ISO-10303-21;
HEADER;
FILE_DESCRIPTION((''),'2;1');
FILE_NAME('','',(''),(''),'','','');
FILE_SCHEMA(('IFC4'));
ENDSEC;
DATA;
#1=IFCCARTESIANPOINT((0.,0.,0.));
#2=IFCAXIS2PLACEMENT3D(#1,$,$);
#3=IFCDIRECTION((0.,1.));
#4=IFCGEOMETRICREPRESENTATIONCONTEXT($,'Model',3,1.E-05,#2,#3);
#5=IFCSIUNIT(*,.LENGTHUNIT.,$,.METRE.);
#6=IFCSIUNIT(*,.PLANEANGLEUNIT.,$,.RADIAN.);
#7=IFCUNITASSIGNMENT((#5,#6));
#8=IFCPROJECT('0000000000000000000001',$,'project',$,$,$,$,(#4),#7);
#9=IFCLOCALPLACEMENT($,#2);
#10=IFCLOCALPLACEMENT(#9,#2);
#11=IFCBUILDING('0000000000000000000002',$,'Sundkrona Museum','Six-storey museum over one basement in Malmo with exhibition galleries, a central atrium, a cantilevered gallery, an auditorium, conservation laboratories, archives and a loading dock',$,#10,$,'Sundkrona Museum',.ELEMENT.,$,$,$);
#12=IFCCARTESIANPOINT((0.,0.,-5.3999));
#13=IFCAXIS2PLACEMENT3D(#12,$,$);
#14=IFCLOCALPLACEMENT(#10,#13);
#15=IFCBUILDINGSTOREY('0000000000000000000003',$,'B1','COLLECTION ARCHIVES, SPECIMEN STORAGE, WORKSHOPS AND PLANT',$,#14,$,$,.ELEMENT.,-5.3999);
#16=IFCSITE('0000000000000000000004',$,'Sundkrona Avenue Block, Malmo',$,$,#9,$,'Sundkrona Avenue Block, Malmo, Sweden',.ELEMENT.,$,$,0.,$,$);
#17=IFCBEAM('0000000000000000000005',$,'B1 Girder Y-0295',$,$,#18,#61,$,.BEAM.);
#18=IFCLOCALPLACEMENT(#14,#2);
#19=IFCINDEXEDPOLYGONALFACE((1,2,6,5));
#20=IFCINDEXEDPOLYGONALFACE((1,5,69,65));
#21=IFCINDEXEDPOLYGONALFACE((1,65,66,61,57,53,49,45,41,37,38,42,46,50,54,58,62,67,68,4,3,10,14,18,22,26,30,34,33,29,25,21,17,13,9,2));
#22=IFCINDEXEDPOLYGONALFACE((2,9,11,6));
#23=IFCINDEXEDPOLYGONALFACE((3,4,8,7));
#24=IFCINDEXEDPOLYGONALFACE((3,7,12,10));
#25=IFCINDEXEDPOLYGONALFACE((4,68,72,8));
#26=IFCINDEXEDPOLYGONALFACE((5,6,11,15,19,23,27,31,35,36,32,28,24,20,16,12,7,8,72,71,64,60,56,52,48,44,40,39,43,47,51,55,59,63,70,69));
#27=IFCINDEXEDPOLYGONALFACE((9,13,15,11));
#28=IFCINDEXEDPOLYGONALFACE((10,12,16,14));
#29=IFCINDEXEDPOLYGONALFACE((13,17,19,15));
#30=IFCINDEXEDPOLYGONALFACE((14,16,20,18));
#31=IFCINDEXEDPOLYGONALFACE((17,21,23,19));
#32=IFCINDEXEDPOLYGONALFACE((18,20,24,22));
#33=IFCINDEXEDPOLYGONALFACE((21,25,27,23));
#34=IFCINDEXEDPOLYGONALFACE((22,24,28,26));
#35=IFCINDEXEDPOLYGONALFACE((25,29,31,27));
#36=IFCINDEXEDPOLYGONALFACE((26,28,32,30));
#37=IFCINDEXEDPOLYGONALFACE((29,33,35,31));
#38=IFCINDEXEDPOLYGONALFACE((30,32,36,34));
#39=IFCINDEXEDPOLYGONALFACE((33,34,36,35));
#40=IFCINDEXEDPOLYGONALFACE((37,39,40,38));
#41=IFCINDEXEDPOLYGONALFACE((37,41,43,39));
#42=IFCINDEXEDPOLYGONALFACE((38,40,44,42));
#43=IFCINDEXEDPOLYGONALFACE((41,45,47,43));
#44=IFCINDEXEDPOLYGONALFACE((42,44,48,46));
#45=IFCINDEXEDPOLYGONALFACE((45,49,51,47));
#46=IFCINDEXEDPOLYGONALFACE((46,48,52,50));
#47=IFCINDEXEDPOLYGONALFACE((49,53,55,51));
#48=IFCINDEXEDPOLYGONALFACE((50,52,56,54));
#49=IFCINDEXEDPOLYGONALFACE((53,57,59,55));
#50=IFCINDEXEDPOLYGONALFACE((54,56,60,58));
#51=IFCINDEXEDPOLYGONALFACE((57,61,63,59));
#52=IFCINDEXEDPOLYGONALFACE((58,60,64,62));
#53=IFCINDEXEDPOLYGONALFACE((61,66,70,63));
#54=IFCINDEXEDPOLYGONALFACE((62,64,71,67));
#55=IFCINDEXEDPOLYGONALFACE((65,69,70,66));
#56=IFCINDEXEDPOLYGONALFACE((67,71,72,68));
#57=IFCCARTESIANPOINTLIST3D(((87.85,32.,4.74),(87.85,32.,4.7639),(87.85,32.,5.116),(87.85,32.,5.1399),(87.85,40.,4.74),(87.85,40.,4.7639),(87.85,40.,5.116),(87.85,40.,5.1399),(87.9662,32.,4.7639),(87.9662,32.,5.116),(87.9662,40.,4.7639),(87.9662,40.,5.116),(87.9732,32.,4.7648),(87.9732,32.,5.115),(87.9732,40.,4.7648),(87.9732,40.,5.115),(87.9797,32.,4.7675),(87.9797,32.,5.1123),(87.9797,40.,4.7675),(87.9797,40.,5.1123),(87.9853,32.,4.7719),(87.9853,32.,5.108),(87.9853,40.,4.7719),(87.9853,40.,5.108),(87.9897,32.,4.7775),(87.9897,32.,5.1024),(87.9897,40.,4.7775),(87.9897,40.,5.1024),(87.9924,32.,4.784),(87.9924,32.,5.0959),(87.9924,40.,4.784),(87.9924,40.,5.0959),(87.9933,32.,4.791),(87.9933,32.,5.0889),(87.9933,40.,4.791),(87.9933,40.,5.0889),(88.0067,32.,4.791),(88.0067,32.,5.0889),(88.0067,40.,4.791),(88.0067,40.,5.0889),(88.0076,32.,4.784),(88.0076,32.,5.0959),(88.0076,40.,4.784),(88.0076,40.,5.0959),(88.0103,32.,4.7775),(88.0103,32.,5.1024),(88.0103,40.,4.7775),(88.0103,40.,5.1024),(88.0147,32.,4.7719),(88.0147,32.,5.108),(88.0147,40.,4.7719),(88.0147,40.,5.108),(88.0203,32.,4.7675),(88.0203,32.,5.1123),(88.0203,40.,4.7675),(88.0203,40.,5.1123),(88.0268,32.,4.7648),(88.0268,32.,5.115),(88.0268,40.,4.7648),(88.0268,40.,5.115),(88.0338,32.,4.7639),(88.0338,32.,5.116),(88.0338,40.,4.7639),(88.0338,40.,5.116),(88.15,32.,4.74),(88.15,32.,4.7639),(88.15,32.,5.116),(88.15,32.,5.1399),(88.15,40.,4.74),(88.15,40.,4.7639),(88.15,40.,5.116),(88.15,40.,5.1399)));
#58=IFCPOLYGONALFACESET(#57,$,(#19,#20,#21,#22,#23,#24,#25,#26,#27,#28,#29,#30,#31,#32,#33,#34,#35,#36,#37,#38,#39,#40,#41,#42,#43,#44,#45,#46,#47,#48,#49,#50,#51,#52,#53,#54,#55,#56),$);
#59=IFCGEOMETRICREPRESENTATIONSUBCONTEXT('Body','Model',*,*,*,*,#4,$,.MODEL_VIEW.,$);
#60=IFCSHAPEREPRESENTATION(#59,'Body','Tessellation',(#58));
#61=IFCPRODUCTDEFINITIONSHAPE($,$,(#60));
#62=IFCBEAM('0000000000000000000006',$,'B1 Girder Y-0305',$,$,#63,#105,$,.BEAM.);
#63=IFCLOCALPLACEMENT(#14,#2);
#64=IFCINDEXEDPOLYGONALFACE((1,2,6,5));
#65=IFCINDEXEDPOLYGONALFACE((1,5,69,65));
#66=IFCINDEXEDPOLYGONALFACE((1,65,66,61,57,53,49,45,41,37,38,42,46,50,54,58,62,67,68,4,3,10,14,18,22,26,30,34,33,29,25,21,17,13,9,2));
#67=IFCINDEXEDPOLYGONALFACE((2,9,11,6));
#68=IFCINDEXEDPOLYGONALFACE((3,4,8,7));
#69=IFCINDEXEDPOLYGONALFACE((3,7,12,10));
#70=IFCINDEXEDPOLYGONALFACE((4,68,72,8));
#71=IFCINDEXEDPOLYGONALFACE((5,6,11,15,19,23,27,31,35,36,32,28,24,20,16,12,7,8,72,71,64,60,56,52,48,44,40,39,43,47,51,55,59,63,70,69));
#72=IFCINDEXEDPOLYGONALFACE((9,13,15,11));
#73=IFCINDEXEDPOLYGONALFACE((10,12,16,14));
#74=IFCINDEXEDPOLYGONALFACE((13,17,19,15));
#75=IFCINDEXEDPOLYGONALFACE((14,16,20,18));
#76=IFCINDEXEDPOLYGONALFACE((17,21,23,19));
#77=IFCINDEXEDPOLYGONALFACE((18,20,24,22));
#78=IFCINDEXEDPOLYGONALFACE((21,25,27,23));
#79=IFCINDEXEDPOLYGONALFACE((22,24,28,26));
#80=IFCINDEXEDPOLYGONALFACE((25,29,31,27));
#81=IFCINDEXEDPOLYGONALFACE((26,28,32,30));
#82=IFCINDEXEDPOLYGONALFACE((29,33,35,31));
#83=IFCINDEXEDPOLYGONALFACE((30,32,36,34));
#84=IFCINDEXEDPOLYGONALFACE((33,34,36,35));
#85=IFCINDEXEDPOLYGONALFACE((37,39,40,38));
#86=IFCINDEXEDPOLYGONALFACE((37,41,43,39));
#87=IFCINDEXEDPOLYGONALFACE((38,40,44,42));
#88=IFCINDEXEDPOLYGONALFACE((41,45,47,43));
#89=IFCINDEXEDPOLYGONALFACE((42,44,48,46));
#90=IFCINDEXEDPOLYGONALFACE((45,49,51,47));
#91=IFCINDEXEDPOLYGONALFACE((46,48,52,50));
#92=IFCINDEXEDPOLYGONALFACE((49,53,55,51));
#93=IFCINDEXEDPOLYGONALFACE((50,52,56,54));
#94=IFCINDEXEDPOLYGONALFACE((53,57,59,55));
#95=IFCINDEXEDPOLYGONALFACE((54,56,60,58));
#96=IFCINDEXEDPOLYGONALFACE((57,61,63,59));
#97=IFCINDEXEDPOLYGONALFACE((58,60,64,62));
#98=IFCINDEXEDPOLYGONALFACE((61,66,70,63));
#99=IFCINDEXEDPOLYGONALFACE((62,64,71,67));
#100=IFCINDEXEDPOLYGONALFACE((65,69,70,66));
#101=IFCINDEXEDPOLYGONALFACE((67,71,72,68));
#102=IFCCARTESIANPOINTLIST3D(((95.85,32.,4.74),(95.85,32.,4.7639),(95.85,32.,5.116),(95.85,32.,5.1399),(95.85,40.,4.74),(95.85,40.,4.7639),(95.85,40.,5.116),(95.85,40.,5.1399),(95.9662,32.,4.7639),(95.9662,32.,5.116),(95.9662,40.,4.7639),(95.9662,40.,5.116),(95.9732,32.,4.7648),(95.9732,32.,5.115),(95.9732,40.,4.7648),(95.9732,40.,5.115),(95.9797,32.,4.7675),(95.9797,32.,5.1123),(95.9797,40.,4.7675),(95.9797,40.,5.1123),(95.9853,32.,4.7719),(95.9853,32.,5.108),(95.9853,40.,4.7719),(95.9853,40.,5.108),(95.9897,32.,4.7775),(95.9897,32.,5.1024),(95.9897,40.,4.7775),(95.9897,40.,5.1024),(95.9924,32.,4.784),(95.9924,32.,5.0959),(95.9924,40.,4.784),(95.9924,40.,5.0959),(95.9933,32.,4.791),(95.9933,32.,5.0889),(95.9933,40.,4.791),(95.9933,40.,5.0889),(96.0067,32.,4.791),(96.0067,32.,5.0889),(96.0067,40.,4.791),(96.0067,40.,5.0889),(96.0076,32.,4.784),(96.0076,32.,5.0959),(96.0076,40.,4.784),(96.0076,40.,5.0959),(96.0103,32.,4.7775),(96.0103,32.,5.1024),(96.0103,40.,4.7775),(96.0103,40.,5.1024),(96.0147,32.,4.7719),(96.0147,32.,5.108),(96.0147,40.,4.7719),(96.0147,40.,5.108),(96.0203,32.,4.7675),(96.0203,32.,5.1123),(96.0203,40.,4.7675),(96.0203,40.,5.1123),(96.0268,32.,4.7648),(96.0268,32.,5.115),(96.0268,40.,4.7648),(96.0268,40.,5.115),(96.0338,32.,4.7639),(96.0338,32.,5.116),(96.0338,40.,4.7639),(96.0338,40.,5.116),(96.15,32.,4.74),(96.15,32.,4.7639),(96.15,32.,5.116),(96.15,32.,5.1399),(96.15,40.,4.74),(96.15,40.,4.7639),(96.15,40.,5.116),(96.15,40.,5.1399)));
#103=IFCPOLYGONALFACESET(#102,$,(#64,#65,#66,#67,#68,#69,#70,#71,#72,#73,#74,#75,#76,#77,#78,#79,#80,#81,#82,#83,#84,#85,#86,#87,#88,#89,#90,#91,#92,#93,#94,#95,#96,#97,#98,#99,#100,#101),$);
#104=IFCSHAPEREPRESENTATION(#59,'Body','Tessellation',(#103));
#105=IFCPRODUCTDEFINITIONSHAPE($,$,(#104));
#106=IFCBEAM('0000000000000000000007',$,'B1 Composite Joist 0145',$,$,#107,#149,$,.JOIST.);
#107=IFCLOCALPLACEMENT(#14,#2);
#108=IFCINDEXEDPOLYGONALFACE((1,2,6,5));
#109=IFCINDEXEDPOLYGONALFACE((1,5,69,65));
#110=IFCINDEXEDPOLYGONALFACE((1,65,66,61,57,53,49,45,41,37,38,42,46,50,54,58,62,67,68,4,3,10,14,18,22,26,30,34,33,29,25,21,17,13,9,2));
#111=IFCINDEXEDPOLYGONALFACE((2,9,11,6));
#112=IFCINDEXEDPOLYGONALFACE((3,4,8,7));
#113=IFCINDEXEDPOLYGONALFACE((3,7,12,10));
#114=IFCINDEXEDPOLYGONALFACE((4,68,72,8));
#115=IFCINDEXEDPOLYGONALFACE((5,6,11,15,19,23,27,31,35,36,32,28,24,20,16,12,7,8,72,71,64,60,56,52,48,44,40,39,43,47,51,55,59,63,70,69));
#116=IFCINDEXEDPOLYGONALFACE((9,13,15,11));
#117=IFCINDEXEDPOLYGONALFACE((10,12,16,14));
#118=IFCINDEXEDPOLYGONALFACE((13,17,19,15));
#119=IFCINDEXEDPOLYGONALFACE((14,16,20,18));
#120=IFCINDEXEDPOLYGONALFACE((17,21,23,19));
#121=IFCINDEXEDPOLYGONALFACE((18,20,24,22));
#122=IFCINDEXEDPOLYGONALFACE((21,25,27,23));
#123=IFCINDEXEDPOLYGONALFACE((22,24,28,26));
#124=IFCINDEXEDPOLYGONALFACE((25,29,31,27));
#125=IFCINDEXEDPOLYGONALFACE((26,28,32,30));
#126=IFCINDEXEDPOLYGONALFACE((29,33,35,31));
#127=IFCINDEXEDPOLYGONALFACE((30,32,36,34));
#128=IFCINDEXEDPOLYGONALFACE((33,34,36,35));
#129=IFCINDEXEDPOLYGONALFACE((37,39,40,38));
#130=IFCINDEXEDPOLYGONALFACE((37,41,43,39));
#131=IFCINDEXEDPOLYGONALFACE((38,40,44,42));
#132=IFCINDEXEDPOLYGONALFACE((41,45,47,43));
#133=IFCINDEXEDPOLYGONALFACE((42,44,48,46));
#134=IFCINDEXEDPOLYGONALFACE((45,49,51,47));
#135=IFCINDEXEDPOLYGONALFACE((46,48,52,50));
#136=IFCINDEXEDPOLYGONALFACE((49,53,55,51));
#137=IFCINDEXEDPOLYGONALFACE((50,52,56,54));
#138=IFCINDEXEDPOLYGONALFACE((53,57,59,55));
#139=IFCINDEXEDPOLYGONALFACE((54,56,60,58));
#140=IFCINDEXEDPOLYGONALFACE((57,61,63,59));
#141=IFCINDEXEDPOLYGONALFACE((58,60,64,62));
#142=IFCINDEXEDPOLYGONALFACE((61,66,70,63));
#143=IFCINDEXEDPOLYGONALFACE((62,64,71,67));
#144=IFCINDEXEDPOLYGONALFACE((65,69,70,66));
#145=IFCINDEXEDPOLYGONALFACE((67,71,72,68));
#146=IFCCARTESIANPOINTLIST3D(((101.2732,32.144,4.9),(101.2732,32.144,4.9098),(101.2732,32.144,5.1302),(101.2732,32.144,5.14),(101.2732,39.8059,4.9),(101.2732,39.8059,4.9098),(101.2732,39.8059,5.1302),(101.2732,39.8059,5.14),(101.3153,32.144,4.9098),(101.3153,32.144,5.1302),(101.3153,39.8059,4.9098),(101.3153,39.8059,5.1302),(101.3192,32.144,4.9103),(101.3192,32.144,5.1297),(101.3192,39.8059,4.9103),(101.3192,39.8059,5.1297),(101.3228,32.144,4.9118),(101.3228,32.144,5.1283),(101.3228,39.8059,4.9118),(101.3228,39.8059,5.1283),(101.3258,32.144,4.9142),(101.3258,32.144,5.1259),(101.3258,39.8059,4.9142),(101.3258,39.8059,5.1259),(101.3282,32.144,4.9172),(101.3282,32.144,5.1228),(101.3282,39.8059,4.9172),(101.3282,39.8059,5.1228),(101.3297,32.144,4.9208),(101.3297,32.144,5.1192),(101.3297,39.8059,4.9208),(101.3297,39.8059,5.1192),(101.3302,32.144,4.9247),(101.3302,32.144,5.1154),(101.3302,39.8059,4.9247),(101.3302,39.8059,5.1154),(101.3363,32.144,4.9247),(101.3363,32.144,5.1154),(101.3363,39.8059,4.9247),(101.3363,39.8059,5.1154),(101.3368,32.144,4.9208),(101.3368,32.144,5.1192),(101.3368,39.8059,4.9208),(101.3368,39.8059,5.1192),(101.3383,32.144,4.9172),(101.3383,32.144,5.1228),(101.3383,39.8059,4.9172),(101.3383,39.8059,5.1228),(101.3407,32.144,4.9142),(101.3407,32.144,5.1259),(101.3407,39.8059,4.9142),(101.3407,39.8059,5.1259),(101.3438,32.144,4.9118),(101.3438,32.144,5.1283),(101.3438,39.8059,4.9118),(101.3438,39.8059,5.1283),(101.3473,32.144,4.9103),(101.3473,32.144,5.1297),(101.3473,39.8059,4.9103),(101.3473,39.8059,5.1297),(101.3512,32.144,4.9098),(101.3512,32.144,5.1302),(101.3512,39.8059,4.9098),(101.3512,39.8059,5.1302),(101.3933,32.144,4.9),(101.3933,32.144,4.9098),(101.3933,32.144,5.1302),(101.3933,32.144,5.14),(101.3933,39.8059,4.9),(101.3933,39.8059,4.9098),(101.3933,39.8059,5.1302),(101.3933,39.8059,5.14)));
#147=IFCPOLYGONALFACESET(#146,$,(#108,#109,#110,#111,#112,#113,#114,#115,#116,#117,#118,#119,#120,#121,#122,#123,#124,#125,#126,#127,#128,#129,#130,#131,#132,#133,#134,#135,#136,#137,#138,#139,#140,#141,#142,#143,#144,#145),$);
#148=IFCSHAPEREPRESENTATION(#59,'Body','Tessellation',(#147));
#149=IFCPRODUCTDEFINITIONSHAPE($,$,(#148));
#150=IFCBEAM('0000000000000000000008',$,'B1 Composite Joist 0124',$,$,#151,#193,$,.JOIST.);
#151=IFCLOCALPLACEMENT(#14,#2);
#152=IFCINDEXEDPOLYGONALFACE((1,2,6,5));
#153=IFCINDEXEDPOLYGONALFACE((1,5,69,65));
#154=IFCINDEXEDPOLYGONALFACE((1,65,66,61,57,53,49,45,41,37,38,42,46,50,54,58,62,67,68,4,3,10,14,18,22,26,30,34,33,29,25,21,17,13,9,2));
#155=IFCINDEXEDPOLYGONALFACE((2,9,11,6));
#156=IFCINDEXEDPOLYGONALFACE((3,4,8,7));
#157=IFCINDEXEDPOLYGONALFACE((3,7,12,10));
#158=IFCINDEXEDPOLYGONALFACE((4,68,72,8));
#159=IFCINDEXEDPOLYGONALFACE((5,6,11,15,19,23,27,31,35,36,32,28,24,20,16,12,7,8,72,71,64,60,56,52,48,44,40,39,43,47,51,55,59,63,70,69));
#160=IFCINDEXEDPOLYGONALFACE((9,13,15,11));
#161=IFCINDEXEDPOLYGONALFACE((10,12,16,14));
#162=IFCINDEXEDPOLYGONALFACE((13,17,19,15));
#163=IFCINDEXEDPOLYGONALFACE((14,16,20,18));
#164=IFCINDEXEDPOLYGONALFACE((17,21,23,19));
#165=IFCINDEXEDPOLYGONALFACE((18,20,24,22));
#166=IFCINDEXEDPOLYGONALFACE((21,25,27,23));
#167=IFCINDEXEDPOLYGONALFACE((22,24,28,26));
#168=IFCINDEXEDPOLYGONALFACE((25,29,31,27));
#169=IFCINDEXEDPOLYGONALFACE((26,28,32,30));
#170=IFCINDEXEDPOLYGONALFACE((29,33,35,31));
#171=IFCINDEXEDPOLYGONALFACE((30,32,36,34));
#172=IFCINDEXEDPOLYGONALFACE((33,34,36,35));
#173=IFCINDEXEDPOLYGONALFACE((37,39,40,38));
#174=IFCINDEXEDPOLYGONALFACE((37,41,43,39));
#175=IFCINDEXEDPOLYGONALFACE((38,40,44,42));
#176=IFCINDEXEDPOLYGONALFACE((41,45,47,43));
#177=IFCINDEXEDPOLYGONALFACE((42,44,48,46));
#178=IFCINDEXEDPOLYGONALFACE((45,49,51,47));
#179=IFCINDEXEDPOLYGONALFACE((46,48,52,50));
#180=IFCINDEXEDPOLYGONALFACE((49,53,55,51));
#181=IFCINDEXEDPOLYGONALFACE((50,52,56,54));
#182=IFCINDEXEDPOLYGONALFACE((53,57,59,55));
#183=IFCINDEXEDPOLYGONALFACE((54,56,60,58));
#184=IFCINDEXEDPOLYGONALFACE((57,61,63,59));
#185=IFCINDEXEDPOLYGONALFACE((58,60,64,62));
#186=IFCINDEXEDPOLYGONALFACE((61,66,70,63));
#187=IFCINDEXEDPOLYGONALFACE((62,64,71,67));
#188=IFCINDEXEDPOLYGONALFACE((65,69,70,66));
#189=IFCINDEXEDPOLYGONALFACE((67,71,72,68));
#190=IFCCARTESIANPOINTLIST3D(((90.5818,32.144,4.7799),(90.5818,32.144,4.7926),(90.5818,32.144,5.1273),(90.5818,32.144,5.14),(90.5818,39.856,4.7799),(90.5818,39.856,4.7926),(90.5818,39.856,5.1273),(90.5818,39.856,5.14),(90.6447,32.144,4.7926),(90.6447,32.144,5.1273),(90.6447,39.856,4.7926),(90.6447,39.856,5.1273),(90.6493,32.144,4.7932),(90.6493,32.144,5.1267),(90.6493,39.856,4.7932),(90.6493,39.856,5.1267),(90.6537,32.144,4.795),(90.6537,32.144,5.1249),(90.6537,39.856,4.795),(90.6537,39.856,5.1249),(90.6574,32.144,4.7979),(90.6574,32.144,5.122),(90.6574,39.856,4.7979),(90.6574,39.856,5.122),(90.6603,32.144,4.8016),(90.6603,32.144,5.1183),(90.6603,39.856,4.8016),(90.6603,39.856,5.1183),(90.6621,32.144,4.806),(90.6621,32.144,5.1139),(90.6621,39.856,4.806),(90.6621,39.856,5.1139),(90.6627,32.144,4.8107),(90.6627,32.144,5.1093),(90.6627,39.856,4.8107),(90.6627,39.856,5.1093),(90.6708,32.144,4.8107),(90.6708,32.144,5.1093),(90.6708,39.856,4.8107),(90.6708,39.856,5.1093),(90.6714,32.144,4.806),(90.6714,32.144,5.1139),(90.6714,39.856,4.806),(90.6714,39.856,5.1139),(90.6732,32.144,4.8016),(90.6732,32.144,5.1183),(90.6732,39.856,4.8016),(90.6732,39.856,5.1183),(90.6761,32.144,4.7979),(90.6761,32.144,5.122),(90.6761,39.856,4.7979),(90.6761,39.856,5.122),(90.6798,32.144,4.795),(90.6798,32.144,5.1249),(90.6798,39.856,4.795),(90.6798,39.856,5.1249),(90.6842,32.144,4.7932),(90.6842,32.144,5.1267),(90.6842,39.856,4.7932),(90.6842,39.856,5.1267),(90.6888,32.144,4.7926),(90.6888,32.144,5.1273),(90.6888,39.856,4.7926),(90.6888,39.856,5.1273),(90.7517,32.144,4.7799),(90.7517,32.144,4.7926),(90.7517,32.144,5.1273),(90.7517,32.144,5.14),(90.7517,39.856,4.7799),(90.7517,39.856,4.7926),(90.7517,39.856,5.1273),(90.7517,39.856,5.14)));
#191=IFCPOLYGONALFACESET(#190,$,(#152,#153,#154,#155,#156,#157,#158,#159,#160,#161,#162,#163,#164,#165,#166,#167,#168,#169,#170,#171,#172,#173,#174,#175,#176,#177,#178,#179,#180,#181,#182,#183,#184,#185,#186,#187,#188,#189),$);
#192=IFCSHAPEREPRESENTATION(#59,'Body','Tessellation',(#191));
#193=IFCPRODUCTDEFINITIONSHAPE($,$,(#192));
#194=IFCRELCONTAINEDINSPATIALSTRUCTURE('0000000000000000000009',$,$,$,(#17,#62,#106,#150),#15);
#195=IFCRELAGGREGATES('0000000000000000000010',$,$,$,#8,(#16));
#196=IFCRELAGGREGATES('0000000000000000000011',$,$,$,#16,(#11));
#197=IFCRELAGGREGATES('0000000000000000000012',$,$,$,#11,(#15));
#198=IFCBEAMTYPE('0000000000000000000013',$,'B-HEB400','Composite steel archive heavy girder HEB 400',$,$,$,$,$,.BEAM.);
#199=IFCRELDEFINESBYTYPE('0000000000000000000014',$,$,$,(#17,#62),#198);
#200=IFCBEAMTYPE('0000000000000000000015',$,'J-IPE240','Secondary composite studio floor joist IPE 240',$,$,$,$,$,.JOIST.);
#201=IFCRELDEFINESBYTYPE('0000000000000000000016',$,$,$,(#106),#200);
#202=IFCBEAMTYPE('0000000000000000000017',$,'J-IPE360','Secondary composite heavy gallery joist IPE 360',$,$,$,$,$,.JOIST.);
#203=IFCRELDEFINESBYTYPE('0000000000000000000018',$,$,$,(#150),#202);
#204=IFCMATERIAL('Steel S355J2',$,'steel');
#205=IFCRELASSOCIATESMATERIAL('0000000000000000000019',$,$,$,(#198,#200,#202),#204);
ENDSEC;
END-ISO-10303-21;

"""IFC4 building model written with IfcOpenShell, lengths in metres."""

from ifc_helpers import new_model, si_unit, direction, frame, origin, origin_2d, place, context, subcontext, project, spatial, i_section, extrude, material, material_profile, profile_set, type_object, element, save


model = new_model("IFC4")

# Units and contexts
model_context = context("Model", 3, precision=1e-05, world=origin(), true_north=direction((0.0, 1.0)))
body_context = subcontext(model_context, "Body", "Model", "MODEL_VIEW")
ifc_project = project(units=[si_unit("LENGTHUNIT", "METRE"), si_unit("PLANEANGLEUNIT", "RADIAN")], contexts=[model_context])

# Site, building, storey
site_placement = place(None, origin())
site = spatial("IfcSite", under=ifc_project, at=site_placement, Name="Sundkrona Avenue Block, Malmo", LongName="Sundkrona Avenue Block, Malmo, Sweden", CompositionType="ELEMENT", RefElevation=0.0)
building_placement = place(site_placement, origin())
building = spatial("IfcBuilding", under=site, at=building_placement, Name="Sundkrona Museum", Description="Six-storey museum over one basement in Malmo with exhibition galleries, a central atrium, a cantilevered gallery, an auditorium, conservation laboratories, archives and a loading dock", LongName="Sundkrona Museum", CompositionType="ELEMENT")
storey_placement = place(building_placement, frame((0.0, 0.0, -5.3999)))
storey = spatial("IfcBuildingStorey", under=building, at=storey_placement, Name="B1", Description="COLLECTION ARCHIVES, SPECIMEN STORAGE, WORKSHOPS AND PLANT", CompositionType="ELEMENT", Elevation=-5.3999)

# Shared definitions
ifc_material_1 = material(Name="Steel S355J2", Category="steel")

# Beams
ifc_material_profile_1 = material_profile(ifc_material_1, i_section(OverallWidth=0.3, OverallDepth=0.3999, WebThickness=0.0134, FlangeThickness=0.0239, FilletRadius=0.0271, at=origin_2d()), Name="HEB 400")
ifc_profile_set_1 = profile_set([ifc_material_profile_1], Name="Steel S355J2")
beam_type_1 = type_object("IfcBeamType", Name="B-HEB400", Description="Composite steel archive heavy girder HEB 400", PredefinedType="BEAM", material=ifc_profile_set_1)
for number, where, z_axis, x_axis, name in (
    (1, (88.0, 32.0, 4.9399), (0.0, 1.0, 0.0), (-1.0, 0.0, 0.0), "B1 Girder Y-0295"),
    (2, (96.0, 32.0, 4.9399), (0.0, 1.0, 0.0), (-1.0, 0.0, 0.0), "B1 Girder Y-0305"),
):
    element("IfcBeam", number, at=place(storey_placement, frame(where, z_axis=z_axis, x_axis=x_axis)), inside=storey, type_object=beam_type_1, Name=name, PredefinedType="BEAM", context=body_context, shape_type="SweptSolid", body=[
        extrude(i_section(OverallWidth=0.3, OverallDepth=0.3999, WebThickness=0.0134, FlangeThickness=0.0239, FilletRadius=0.0271, at=origin_2d()), origin(), (0.0, 0.0, 1.0), 8.0),
    ])
ifc_material_profile_2 = material_profile(ifc_material_1, i_section(OverallWidth=0.1201, OverallDepth=0.24, WebThickness=0.0061, FlangeThickness=0.0098, FilletRadius=0.0149, at=origin_2d()), Name="IPE 240")
ifc_profile_set_2 = profile_set([ifc_material_profile_2], Name="Steel S355J2")
beam_type_2 = type_object("IfcBeamType", Name="J-IPE240", Description="Secondary composite studio floor joist IPE 240", PredefinedType="JOIST", material=ifc_profile_set_2)
beam_1_placement = place(storey_placement, frame((101.3333, 32.144, 5.02), z_axis=(0.0, 1.0, 0.0), x_axis=(-1.0, 0.0, 0.0)))
element("IfcBeam", 3, at=beam_1_placement, inside=storey, type_object=beam_type_2, Name="B1 Composite Joist 0145", PredefinedType="JOIST", context=body_context, shape_type="SweptSolid", body=[
    extrude(i_section(OverallWidth=0.1201, OverallDepth=0.24, WebThickness=0.0061, FlangeThickness=0.0098, FilletRadius=0.0149, at=origin_2d()), origin(), (0.0, 0.0, 1.0), 7.6619),
])
ifc_material_profile_3 = material_profile(ifc_material_1, i_section(OverallWidth=0.1699, OverallDepth=0.3601, WebThickness=0.0081, FlangeThickness=0.0127, FilletRadius=0.0181, at=origin_2d()), Name="IPE 360")
ifc_profile_set_3 = profile_set([ifc_material_profile_3], Name="Steel S355J2")
beam_type_3 = type_object("IfcBeamType", Name="J-IPE360", Description="Secondary composite heavy gallery joist IPE 360", PredefinedType="JOIST", material=ifc_profile_set_3)
for number, where, z_axis, x_axis, name in (
    (4, (90.6667, 32.144, 4.96), (0.0, 1.0, 0.0), (-1.0, 0.0, 0.0), "B1 Composite Joist 0124"),
):
    element("IfcBeam", number, at=place(storey_placement, frame(where, z_axis=z_axis, x_axis=x_axis)), inside=storey, type_object=beam_type_3, Name=name, PredefinedType="JOIST", context=body_context, shape_type="SweptSolid", body=[
        extrude(i_section(OverallWidth=0.1699, OverallDepth=0.3601, WebThickness=0.0081, FlangeThickness=0.0127, FilletRadius=0.0181, at=origin_2d()), origin(), (0.0, 0.0, 1.0), 7.7119),
    ])

save(model, "model.ifc")
